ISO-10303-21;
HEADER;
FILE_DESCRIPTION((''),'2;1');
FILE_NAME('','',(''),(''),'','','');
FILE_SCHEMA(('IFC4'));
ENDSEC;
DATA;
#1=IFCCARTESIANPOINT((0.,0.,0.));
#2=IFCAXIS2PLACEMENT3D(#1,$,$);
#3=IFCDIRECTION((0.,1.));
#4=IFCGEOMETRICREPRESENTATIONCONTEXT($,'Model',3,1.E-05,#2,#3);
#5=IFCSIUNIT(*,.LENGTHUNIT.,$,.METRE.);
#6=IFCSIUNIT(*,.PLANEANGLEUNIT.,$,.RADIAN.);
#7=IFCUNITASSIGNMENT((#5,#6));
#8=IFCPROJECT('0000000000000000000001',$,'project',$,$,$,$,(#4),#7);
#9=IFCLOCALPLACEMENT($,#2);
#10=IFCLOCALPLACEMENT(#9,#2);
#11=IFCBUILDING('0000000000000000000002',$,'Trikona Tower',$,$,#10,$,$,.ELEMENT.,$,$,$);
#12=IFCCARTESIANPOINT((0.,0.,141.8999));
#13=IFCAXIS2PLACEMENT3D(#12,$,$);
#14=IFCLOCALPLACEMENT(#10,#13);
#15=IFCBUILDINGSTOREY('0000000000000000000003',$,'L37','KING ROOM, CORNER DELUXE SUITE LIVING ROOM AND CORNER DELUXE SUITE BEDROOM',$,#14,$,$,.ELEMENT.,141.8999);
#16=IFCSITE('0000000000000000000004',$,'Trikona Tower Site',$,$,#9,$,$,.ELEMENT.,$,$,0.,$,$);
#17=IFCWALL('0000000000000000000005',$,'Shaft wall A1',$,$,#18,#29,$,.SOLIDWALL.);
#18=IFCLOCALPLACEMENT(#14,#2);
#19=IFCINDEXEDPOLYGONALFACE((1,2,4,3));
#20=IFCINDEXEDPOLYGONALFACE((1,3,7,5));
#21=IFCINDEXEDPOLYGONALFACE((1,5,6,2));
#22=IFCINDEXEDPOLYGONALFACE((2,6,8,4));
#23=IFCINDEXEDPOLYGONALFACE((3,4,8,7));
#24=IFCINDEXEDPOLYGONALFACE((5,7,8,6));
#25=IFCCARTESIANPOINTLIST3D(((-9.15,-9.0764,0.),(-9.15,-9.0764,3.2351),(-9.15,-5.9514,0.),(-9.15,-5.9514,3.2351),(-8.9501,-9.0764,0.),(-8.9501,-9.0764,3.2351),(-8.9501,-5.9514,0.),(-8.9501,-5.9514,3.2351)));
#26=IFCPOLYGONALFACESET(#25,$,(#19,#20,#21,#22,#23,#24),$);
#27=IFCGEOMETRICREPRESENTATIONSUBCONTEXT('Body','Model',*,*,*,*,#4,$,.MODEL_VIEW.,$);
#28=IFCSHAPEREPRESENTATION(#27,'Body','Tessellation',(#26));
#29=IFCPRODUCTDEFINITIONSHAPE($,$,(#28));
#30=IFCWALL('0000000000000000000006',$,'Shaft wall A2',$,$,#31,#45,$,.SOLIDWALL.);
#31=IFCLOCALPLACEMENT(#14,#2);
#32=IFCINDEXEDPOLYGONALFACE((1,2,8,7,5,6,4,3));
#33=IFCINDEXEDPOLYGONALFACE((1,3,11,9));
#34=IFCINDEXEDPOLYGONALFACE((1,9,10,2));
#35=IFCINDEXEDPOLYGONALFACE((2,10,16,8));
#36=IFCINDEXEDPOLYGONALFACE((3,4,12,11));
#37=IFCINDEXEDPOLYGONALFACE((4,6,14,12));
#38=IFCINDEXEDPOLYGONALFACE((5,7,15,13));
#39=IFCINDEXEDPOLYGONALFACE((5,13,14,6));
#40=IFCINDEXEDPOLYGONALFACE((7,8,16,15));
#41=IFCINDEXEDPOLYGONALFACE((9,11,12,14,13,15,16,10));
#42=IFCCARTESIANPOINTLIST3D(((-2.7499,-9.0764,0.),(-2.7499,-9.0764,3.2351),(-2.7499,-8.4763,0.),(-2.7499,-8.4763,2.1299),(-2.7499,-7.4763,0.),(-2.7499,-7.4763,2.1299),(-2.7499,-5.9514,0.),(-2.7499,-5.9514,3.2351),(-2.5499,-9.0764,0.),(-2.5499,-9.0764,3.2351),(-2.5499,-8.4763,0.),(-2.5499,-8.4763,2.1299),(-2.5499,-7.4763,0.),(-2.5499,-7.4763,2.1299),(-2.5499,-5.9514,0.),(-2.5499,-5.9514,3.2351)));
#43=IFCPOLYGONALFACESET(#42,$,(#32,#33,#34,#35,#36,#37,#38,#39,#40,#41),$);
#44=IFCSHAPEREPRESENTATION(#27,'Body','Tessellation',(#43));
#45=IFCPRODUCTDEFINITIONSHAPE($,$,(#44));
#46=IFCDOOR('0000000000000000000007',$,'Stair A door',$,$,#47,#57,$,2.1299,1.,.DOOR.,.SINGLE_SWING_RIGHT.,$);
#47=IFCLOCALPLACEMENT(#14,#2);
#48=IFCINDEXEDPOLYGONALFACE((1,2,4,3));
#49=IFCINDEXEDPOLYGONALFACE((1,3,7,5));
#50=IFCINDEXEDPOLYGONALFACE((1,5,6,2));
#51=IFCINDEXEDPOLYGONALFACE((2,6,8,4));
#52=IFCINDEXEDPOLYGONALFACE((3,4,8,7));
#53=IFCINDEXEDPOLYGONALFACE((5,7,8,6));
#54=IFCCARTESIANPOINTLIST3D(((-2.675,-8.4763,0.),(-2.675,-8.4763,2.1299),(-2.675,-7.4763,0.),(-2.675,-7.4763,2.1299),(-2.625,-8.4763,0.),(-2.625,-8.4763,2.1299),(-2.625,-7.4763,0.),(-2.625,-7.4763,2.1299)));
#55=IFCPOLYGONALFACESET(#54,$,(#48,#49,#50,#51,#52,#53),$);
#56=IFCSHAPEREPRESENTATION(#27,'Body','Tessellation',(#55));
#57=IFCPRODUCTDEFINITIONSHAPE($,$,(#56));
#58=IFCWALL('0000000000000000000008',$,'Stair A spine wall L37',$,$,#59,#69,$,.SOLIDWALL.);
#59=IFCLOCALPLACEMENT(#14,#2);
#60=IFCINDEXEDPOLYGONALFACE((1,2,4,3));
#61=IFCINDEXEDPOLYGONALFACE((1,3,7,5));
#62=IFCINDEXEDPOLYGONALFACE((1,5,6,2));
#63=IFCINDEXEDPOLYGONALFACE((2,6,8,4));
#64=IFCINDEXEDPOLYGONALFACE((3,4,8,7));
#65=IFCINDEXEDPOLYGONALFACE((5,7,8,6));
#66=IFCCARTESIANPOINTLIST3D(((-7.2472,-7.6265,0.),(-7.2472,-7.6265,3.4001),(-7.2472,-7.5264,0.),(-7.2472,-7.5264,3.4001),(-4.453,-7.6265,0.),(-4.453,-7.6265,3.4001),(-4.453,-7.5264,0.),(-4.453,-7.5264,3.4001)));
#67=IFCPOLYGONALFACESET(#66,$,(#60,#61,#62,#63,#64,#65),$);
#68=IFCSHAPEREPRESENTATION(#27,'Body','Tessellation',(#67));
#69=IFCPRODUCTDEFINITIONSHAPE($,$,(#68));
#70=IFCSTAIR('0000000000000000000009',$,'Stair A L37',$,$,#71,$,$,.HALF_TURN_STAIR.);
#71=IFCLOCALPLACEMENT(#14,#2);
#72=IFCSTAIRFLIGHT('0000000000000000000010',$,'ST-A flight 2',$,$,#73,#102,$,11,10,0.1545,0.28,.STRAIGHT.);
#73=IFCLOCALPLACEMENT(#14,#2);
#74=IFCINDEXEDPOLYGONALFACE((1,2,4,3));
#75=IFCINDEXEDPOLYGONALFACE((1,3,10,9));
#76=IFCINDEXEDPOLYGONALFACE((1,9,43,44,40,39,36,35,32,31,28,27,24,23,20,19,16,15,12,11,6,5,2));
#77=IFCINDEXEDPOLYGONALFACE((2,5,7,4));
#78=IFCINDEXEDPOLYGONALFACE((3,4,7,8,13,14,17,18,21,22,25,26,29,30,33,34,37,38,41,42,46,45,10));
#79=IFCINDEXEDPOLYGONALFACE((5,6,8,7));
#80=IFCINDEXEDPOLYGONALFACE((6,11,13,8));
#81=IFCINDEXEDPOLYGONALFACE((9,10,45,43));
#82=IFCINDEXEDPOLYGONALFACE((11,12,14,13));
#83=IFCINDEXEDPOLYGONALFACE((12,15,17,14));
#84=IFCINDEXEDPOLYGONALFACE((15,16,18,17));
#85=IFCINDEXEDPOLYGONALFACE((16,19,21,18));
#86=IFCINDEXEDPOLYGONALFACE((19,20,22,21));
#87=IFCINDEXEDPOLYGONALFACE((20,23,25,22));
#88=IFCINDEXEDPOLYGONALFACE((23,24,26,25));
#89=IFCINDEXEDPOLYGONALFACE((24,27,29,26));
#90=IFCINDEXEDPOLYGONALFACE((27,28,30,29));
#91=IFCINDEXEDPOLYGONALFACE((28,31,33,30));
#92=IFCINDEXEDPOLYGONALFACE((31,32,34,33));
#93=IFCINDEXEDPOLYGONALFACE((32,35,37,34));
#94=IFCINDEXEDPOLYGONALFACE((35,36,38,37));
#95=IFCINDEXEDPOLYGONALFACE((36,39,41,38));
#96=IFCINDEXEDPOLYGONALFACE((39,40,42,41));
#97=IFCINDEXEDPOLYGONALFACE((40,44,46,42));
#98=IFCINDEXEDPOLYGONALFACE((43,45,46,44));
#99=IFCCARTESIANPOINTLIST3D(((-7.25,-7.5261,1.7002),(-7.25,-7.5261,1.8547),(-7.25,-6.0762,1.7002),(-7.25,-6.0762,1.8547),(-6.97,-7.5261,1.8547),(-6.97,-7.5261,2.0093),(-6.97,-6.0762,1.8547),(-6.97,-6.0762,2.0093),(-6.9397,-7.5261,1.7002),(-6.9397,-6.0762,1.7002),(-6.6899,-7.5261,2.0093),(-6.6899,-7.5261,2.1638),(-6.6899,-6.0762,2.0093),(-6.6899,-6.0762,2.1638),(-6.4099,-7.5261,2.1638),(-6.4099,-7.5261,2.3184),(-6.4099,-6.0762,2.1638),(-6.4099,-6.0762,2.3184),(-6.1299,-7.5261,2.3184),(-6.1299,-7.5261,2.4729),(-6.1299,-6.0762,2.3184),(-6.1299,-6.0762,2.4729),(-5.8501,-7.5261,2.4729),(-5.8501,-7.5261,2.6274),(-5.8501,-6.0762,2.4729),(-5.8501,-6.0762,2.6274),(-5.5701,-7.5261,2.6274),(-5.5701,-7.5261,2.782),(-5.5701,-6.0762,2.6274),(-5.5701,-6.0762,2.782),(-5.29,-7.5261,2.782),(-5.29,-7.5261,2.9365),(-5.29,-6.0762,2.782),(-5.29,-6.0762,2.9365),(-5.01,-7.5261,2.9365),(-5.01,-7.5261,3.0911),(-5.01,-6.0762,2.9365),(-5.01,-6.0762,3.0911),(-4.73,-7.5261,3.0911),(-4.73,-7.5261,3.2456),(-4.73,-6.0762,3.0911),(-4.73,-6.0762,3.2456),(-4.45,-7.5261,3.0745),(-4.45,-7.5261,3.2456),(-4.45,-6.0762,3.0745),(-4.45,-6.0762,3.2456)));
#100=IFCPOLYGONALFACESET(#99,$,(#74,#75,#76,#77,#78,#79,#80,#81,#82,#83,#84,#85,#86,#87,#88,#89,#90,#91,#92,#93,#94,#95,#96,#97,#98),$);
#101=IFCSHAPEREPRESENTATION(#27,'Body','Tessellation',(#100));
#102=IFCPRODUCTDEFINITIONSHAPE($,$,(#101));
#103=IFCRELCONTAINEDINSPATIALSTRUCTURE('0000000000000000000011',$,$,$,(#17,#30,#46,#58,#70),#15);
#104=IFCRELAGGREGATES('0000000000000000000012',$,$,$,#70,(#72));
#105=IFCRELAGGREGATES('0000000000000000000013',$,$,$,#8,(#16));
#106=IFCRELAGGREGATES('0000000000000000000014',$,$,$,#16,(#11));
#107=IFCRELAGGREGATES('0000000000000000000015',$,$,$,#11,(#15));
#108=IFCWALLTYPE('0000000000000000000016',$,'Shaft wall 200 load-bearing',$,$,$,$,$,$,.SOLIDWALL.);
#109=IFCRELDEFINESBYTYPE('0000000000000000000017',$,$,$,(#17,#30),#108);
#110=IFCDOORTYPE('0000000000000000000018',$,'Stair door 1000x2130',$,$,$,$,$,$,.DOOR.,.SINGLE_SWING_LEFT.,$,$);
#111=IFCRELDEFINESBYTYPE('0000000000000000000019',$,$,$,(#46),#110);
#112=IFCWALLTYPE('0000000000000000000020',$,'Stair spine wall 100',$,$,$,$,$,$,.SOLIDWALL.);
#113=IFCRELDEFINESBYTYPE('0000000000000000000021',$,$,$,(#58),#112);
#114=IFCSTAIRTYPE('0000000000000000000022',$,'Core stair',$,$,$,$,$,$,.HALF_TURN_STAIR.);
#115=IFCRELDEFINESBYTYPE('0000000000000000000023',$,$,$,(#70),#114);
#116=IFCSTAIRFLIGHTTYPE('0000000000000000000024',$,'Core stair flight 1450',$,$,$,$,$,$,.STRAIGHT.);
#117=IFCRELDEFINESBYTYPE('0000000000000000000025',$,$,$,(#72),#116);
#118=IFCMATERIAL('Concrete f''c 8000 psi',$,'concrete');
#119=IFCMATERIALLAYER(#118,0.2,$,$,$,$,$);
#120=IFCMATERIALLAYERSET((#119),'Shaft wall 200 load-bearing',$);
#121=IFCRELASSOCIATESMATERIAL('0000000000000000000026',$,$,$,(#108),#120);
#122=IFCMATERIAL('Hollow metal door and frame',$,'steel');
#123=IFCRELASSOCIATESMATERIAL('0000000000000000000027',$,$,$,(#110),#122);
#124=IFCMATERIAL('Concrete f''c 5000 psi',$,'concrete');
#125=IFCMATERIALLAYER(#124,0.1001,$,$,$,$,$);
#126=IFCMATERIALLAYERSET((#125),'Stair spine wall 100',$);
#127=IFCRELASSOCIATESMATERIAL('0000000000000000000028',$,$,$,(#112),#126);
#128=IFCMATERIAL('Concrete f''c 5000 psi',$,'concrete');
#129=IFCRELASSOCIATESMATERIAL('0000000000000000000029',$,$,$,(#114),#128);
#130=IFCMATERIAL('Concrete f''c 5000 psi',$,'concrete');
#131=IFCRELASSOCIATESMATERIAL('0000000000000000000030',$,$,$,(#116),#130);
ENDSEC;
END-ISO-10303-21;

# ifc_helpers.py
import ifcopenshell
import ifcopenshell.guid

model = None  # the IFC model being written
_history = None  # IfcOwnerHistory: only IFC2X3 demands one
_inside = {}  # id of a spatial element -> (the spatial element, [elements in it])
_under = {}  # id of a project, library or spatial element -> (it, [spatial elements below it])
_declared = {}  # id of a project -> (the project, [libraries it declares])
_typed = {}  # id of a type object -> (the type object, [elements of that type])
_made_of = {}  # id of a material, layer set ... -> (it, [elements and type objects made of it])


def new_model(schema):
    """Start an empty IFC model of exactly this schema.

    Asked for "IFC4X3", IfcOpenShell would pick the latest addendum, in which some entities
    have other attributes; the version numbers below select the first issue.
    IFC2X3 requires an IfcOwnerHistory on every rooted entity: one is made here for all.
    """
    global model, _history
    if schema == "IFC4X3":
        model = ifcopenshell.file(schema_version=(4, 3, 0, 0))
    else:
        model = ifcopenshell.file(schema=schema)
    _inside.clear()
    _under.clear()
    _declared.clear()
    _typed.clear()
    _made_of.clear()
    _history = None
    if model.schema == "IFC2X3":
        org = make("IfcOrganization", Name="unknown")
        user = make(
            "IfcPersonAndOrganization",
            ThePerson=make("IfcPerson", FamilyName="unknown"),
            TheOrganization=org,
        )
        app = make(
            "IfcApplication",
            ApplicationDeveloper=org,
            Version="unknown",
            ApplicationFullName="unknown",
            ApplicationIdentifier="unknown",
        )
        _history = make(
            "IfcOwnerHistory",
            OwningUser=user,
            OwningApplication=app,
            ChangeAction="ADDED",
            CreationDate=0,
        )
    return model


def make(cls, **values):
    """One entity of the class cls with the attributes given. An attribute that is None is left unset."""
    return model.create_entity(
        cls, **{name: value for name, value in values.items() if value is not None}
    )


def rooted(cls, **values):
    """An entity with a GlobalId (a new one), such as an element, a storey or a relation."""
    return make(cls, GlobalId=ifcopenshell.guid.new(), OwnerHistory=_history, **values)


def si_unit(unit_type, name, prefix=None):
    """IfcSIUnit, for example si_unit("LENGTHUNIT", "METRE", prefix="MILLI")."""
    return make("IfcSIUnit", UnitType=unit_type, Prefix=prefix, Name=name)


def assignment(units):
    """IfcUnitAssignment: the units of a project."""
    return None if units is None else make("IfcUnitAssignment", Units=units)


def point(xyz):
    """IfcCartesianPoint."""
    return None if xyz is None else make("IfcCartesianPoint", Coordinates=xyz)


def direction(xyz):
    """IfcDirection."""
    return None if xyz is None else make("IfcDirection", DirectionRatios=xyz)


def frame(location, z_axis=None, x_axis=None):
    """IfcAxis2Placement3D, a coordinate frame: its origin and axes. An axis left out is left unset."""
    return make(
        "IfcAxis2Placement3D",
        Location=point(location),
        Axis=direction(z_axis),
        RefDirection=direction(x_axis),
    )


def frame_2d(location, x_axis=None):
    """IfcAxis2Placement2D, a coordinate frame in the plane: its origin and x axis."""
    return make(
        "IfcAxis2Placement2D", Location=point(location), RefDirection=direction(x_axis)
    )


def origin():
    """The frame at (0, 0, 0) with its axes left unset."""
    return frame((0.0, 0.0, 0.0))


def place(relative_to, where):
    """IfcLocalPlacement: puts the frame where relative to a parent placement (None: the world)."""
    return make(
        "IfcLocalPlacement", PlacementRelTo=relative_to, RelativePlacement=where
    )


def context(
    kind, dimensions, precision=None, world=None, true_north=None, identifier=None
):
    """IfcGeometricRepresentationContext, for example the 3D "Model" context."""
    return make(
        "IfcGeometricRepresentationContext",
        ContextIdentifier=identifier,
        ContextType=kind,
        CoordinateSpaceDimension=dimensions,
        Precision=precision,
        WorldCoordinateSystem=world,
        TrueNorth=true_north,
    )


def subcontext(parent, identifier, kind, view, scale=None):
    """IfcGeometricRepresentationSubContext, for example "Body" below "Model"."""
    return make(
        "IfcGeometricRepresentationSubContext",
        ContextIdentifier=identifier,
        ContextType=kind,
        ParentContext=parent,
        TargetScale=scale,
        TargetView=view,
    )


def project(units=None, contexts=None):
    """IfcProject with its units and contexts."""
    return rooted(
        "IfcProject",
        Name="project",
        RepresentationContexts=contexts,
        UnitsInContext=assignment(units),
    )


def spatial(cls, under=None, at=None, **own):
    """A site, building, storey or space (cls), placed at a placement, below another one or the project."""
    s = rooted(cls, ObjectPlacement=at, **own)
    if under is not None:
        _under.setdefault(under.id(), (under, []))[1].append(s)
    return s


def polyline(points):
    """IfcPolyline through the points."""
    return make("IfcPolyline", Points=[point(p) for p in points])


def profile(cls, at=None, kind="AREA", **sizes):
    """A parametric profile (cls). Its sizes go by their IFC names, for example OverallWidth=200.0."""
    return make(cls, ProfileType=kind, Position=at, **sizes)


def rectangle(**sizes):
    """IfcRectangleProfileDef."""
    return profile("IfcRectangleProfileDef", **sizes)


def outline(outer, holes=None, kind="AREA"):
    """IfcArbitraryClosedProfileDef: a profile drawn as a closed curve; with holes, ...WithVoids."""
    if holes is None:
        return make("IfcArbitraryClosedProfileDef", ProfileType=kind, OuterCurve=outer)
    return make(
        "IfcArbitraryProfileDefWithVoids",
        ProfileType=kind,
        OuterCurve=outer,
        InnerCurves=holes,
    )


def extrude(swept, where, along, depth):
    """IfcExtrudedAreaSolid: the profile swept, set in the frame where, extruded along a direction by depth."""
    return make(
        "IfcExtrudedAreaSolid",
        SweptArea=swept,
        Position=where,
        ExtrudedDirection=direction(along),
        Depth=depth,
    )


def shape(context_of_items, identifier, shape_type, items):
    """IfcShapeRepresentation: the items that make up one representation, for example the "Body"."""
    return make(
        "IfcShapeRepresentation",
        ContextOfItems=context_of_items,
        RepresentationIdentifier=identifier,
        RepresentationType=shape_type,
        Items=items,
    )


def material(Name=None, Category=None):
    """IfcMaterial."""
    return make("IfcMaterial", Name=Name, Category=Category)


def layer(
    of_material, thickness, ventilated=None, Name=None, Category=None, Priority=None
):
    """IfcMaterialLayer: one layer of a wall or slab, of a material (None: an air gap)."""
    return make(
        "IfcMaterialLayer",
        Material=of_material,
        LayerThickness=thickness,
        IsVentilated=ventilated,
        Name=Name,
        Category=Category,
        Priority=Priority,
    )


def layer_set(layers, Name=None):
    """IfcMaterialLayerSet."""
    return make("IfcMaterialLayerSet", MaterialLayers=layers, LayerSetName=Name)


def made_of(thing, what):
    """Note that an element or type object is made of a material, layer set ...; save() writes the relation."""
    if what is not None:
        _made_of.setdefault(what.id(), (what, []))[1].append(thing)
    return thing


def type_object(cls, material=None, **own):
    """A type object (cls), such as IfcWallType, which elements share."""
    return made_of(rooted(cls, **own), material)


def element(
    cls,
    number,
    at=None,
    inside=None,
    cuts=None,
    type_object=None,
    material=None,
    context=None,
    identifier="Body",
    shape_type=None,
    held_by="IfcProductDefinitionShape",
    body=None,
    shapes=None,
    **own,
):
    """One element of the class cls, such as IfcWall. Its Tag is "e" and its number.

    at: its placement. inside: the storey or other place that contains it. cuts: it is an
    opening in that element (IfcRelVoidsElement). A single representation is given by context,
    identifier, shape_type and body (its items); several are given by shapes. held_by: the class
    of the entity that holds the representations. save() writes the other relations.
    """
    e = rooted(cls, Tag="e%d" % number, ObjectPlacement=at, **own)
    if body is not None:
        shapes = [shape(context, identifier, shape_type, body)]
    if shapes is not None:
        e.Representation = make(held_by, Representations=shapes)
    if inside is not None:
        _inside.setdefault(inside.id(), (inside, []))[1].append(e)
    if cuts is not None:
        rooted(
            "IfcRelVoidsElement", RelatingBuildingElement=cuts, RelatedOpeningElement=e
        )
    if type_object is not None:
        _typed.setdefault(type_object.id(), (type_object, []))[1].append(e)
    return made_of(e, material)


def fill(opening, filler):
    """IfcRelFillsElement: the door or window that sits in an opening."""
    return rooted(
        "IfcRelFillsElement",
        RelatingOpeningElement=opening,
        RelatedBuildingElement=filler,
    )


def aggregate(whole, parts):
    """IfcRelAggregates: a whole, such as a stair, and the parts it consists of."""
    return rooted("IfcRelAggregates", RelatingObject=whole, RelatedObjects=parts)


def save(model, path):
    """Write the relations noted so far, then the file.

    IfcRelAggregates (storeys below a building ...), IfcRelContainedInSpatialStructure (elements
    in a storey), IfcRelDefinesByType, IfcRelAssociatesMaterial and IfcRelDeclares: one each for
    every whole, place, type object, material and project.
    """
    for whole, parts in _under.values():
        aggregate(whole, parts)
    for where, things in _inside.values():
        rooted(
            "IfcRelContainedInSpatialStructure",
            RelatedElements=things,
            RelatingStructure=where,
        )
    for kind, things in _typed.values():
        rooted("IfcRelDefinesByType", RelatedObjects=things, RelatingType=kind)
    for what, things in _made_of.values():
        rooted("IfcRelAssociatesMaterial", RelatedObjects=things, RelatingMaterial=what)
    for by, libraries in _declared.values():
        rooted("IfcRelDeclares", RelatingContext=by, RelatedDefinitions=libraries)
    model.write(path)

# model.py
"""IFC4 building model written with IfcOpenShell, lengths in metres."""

from ifc_helpers import new_model, si_unit, direction, frame, frame_2d, origin, place, context, subcontext, project, spatial, polyline, rectangle, outline, extrude, material, layer, layer_set, type_object, element, fill, aggregate, save


model = new_model("IFC4")

# Units and contexts
model_context = context("Model", 3, precision=1e-05, world=origin(), true_north=direction((0.0, 1.0)))
body_context = subcontext(model_context, "Body", "Model", "MODEL_VIEW")
ifc_project = project(units=[si_unit("LENGTHUNIT", "METRE"), si_unit("PLANEANGLEUNIT", "RADIAN")], contexts=[model_context])

# Site, building, storey
site_placement = place(None, origin())
site = spatial("IfcSite", under=ifc_project, at=site_placement, Name="Trikona Tower Site", CompositionType="ELEMENT", RefElevation=0.0)
building_placement = place(site_placement, origin())
building = spatial("IfcBuilding", under=site, at=building_placement, Name="Trikona Tower", CompositionType="ELEMENT")
storey_placement = place(building_placement, frame((0.0, 0.0, 141.8999)))
storey = spatial("IfcBuildingStorey", under=building, at=storey_placement, Name="L37", Description="KING ROOM, CORNER DELUXE SUITE LIVING ROOM AND CORNER DELUXE SUITE BEDROOM", CompositionType="ELEMENT", Elevation=141.8999)

# Wall
ifc_material_1 = material(Name="Concrete f'c 8000 psi", Category="concrete")
ifc_layer_1 = layer(ifc_material_1, 0.2)
ifc_layer_set_1 = layer_set([ifc_layer_1], Name="Shaft wall 200 load-bearing")
wall_type_1 = type_object("IfcWallType", Name="Shaft wall 200 load-bearing", PredefinedType="SOLIDWALL", material=ifc_layer_set_1)
wall_1_placement = place(storey_placement, frame((-9.05, -5.9514, 0.0), z_axis=(0.0, 0.0, 1.0), x_axis=(0.0, -1.0, 0.0)))
element("IfcWall", 1, at=wall_1_placement, inside=storey, type_object=wall_type_1, Name="Shaft wall A1", PredefinedType="SOLIDWALL", context=body_context, shape_type="SweptSolid", body=[
    extrude(rectangle(XDim=3.125, YDim=0.2, at=frame_2d((1.5625, 0.0))), origin(), (0.0, 0.0, 1.0), 3.2351),
])

# Wall, opening, door
wall_2_placement = place(storey_placement, frame((-2.6499, -5.9514, 0.0), z_axis=(0.0, 0.0, 1.0), x_axis=(0.0, -1.0, 0.0)))
wall_2 = element("IfcWall", 2, at=wall_2_placement, inside=storey, type_object=wall_type_1, Name="Shaft wall A2", PredefinedType="SOLIDWALL", context=body_context, shape_type="SweptSolid", body=[
    extrude(rectangle(XDim=3.125, YDim=0.2, at=frame_2d((1.5625, 0.0))), origin(), (0.0, 0.0, 1.0), 3.2351),
])
opening_1_placement = place(wall_2_placement, frame((1.5249, 0.0, 0.0)))
opening_1 = element("IfcOpeningElement", 3, at=opening_1_placement, cuts=wall_2, PredefinedType="OPENING", context=body_context, shape_type="SweptSolid", body=[
    extrude(rectangle(XDim=1.0, YDim=2.1299, at=frame_2d((0.5, 1.0649))), frame((0.0, 0.1099, 0.0), z_axis=(0.0, -1.0, 0.0), x_axis=(1.0, 0.0, 0.0)), (0.0, 0.0, 1.0), 0.22),
])
ifc_material_2 = material(Name="Hollow metal door and frame", Category="steel")
door_type_1 = type_object("IfcDoorType", Name="Stair door 1000x2130", OperationType="SINGLE_SWING_LEFT", PredefinedType="DOOR", material=ifc_material_2)
door_1_placement = place(opening_1_placement, origin())
door_1 = element("IfcDoor", 4, at=door_1_placement, inside=storey, type_object=door_type_1, Name="Stair A door", OperationType="SINGLE_SWING_RIGHT", OverallHeight=2.1299, OverallWidth=1.0, PredefinedType="DOOR", context=body_context, shape_type="SweptSolid", body=[
    extrude(rectangle(XDim=1.0, YDim=2.1299, at=frame_2d((0.5, 1.0649))), frame((0.0, 0.0249, 0.0), z_axis=(0.0, -1.0, 0.0), x_axis=(1.0, 0.0, 0.0)), (0.0, 0.0, 1.0), 0.05),
])
fill(opening_1, door_1)

# Wall
ifc_material_3 = material(Name="Concrete f'c 5000 psi", Category="concrete")
ifc_layer_2 = layer(ifc_material_3, 0.1001)
ifc_layer_set_2 = layer_set([ifc_layer_2], Name="Stair spine wall 100")
wall_type_2 = type_object("IfcWallType", Name="Stair spine wall 100", PredefinedType="SOLIDWALL", material=ifc_layer_set_2)
wall_3_placement = place(storey_placement, frame((-7.2471, -7.5764, 0.0), z_axis=(0.0, 0.0, 1.0), x_axis=(1.0, 0.0, 0.0)))
element("IfcWall", 5, at=wall_3_placement, inside=storey, type_object=wall_type_2, Name="Stair A spine wall L37", PredefinedType="SOLIDWALL", context=body_context, shape_type="SweptSolid", body=[
    extrude(rectangle(XDim=2.7942, YDim=0.1001, at=frame_2d((1.397, 0.0))), origin(), (0.0, 0.0, 1.0), 3.4001),
])

# Stair, stair flight
ifc_material_4 = material(Name="Concrete f'c 5000 psi", Category="concrete")
stair_type = type_object("IfcStairType", Name="Core stair", PredefinedType="HALF_TURN_STAIR", material=ifc_material_4)
stair_placement = place(storey_placement, origin())
stair = element("IfcStair", 6, at=stair_placement, inside=storey, type_object=stair_type, Name="Stair A L37", PredefinedType="HALF_TURN_STAIR")
ifc_material_5 = material(Name="Concrete f'c 5000 psi", Category="concrete")
stair_flight_type = type_object("IfcStairFlightType", Name="Core stair flight 1450", PredefinedType="STRAIGHT", material=ifc_material_5)
stair_flight_placement = place(storey_placement, frame((-7.25, -6.8013, 1.7002), z_axis=(0.0, 0.0, 1.0), x_axis=(1.0, 0.0, 0.0)))
stair_flight = element("IfcStairFlight", 7, at=stair_flight_placement, type_object=stair_flight_type, Name="ST-A flight 2", NumberOfRisers=11, NumberOfTreads=10, PredefinedType="STRAIGHT", RiserHeight=0.1545, TreadLength=0.28, context=body_context, shape_type="SweptSolid", body=[
    extrude(outline(polyline([(0.0, 0.0), (0.0, 0.1545), (0.28, 0.1545), (0.28, 0.3091), (0.5601, 0.3091), (0.5601, 0.4636), (0.8401, 0.4636), (0.8401, 0.6182), (1.1201, 0.6182), (1.1201, 0.7727), (1.3999, 0.7727), (1.3999, 0.9272), (1.6799, 0.9272), (1.6799, 1.0818), (1.96, 1.0818), (1.96, 1.2363), (2.24, 1.2363), (2.24, 1.3909), (2.52, 1.3909), (2.52, 1.5454), (2.8, 1.5454), (2.8, 1.7), (2.8, 1.3743), (0.3103, 0.0), (0.0, 0.0)])), frame((0.0, 0.7251, 0.0), z_axis=(0.0, -1.0, 0.0), x_axis=(1.0, 0.0, 0.0)), (0.0, 0.0, 1.0), 1.45),
])
aggregate(stair, [stair_flight])

save(model, "model.ifc")
